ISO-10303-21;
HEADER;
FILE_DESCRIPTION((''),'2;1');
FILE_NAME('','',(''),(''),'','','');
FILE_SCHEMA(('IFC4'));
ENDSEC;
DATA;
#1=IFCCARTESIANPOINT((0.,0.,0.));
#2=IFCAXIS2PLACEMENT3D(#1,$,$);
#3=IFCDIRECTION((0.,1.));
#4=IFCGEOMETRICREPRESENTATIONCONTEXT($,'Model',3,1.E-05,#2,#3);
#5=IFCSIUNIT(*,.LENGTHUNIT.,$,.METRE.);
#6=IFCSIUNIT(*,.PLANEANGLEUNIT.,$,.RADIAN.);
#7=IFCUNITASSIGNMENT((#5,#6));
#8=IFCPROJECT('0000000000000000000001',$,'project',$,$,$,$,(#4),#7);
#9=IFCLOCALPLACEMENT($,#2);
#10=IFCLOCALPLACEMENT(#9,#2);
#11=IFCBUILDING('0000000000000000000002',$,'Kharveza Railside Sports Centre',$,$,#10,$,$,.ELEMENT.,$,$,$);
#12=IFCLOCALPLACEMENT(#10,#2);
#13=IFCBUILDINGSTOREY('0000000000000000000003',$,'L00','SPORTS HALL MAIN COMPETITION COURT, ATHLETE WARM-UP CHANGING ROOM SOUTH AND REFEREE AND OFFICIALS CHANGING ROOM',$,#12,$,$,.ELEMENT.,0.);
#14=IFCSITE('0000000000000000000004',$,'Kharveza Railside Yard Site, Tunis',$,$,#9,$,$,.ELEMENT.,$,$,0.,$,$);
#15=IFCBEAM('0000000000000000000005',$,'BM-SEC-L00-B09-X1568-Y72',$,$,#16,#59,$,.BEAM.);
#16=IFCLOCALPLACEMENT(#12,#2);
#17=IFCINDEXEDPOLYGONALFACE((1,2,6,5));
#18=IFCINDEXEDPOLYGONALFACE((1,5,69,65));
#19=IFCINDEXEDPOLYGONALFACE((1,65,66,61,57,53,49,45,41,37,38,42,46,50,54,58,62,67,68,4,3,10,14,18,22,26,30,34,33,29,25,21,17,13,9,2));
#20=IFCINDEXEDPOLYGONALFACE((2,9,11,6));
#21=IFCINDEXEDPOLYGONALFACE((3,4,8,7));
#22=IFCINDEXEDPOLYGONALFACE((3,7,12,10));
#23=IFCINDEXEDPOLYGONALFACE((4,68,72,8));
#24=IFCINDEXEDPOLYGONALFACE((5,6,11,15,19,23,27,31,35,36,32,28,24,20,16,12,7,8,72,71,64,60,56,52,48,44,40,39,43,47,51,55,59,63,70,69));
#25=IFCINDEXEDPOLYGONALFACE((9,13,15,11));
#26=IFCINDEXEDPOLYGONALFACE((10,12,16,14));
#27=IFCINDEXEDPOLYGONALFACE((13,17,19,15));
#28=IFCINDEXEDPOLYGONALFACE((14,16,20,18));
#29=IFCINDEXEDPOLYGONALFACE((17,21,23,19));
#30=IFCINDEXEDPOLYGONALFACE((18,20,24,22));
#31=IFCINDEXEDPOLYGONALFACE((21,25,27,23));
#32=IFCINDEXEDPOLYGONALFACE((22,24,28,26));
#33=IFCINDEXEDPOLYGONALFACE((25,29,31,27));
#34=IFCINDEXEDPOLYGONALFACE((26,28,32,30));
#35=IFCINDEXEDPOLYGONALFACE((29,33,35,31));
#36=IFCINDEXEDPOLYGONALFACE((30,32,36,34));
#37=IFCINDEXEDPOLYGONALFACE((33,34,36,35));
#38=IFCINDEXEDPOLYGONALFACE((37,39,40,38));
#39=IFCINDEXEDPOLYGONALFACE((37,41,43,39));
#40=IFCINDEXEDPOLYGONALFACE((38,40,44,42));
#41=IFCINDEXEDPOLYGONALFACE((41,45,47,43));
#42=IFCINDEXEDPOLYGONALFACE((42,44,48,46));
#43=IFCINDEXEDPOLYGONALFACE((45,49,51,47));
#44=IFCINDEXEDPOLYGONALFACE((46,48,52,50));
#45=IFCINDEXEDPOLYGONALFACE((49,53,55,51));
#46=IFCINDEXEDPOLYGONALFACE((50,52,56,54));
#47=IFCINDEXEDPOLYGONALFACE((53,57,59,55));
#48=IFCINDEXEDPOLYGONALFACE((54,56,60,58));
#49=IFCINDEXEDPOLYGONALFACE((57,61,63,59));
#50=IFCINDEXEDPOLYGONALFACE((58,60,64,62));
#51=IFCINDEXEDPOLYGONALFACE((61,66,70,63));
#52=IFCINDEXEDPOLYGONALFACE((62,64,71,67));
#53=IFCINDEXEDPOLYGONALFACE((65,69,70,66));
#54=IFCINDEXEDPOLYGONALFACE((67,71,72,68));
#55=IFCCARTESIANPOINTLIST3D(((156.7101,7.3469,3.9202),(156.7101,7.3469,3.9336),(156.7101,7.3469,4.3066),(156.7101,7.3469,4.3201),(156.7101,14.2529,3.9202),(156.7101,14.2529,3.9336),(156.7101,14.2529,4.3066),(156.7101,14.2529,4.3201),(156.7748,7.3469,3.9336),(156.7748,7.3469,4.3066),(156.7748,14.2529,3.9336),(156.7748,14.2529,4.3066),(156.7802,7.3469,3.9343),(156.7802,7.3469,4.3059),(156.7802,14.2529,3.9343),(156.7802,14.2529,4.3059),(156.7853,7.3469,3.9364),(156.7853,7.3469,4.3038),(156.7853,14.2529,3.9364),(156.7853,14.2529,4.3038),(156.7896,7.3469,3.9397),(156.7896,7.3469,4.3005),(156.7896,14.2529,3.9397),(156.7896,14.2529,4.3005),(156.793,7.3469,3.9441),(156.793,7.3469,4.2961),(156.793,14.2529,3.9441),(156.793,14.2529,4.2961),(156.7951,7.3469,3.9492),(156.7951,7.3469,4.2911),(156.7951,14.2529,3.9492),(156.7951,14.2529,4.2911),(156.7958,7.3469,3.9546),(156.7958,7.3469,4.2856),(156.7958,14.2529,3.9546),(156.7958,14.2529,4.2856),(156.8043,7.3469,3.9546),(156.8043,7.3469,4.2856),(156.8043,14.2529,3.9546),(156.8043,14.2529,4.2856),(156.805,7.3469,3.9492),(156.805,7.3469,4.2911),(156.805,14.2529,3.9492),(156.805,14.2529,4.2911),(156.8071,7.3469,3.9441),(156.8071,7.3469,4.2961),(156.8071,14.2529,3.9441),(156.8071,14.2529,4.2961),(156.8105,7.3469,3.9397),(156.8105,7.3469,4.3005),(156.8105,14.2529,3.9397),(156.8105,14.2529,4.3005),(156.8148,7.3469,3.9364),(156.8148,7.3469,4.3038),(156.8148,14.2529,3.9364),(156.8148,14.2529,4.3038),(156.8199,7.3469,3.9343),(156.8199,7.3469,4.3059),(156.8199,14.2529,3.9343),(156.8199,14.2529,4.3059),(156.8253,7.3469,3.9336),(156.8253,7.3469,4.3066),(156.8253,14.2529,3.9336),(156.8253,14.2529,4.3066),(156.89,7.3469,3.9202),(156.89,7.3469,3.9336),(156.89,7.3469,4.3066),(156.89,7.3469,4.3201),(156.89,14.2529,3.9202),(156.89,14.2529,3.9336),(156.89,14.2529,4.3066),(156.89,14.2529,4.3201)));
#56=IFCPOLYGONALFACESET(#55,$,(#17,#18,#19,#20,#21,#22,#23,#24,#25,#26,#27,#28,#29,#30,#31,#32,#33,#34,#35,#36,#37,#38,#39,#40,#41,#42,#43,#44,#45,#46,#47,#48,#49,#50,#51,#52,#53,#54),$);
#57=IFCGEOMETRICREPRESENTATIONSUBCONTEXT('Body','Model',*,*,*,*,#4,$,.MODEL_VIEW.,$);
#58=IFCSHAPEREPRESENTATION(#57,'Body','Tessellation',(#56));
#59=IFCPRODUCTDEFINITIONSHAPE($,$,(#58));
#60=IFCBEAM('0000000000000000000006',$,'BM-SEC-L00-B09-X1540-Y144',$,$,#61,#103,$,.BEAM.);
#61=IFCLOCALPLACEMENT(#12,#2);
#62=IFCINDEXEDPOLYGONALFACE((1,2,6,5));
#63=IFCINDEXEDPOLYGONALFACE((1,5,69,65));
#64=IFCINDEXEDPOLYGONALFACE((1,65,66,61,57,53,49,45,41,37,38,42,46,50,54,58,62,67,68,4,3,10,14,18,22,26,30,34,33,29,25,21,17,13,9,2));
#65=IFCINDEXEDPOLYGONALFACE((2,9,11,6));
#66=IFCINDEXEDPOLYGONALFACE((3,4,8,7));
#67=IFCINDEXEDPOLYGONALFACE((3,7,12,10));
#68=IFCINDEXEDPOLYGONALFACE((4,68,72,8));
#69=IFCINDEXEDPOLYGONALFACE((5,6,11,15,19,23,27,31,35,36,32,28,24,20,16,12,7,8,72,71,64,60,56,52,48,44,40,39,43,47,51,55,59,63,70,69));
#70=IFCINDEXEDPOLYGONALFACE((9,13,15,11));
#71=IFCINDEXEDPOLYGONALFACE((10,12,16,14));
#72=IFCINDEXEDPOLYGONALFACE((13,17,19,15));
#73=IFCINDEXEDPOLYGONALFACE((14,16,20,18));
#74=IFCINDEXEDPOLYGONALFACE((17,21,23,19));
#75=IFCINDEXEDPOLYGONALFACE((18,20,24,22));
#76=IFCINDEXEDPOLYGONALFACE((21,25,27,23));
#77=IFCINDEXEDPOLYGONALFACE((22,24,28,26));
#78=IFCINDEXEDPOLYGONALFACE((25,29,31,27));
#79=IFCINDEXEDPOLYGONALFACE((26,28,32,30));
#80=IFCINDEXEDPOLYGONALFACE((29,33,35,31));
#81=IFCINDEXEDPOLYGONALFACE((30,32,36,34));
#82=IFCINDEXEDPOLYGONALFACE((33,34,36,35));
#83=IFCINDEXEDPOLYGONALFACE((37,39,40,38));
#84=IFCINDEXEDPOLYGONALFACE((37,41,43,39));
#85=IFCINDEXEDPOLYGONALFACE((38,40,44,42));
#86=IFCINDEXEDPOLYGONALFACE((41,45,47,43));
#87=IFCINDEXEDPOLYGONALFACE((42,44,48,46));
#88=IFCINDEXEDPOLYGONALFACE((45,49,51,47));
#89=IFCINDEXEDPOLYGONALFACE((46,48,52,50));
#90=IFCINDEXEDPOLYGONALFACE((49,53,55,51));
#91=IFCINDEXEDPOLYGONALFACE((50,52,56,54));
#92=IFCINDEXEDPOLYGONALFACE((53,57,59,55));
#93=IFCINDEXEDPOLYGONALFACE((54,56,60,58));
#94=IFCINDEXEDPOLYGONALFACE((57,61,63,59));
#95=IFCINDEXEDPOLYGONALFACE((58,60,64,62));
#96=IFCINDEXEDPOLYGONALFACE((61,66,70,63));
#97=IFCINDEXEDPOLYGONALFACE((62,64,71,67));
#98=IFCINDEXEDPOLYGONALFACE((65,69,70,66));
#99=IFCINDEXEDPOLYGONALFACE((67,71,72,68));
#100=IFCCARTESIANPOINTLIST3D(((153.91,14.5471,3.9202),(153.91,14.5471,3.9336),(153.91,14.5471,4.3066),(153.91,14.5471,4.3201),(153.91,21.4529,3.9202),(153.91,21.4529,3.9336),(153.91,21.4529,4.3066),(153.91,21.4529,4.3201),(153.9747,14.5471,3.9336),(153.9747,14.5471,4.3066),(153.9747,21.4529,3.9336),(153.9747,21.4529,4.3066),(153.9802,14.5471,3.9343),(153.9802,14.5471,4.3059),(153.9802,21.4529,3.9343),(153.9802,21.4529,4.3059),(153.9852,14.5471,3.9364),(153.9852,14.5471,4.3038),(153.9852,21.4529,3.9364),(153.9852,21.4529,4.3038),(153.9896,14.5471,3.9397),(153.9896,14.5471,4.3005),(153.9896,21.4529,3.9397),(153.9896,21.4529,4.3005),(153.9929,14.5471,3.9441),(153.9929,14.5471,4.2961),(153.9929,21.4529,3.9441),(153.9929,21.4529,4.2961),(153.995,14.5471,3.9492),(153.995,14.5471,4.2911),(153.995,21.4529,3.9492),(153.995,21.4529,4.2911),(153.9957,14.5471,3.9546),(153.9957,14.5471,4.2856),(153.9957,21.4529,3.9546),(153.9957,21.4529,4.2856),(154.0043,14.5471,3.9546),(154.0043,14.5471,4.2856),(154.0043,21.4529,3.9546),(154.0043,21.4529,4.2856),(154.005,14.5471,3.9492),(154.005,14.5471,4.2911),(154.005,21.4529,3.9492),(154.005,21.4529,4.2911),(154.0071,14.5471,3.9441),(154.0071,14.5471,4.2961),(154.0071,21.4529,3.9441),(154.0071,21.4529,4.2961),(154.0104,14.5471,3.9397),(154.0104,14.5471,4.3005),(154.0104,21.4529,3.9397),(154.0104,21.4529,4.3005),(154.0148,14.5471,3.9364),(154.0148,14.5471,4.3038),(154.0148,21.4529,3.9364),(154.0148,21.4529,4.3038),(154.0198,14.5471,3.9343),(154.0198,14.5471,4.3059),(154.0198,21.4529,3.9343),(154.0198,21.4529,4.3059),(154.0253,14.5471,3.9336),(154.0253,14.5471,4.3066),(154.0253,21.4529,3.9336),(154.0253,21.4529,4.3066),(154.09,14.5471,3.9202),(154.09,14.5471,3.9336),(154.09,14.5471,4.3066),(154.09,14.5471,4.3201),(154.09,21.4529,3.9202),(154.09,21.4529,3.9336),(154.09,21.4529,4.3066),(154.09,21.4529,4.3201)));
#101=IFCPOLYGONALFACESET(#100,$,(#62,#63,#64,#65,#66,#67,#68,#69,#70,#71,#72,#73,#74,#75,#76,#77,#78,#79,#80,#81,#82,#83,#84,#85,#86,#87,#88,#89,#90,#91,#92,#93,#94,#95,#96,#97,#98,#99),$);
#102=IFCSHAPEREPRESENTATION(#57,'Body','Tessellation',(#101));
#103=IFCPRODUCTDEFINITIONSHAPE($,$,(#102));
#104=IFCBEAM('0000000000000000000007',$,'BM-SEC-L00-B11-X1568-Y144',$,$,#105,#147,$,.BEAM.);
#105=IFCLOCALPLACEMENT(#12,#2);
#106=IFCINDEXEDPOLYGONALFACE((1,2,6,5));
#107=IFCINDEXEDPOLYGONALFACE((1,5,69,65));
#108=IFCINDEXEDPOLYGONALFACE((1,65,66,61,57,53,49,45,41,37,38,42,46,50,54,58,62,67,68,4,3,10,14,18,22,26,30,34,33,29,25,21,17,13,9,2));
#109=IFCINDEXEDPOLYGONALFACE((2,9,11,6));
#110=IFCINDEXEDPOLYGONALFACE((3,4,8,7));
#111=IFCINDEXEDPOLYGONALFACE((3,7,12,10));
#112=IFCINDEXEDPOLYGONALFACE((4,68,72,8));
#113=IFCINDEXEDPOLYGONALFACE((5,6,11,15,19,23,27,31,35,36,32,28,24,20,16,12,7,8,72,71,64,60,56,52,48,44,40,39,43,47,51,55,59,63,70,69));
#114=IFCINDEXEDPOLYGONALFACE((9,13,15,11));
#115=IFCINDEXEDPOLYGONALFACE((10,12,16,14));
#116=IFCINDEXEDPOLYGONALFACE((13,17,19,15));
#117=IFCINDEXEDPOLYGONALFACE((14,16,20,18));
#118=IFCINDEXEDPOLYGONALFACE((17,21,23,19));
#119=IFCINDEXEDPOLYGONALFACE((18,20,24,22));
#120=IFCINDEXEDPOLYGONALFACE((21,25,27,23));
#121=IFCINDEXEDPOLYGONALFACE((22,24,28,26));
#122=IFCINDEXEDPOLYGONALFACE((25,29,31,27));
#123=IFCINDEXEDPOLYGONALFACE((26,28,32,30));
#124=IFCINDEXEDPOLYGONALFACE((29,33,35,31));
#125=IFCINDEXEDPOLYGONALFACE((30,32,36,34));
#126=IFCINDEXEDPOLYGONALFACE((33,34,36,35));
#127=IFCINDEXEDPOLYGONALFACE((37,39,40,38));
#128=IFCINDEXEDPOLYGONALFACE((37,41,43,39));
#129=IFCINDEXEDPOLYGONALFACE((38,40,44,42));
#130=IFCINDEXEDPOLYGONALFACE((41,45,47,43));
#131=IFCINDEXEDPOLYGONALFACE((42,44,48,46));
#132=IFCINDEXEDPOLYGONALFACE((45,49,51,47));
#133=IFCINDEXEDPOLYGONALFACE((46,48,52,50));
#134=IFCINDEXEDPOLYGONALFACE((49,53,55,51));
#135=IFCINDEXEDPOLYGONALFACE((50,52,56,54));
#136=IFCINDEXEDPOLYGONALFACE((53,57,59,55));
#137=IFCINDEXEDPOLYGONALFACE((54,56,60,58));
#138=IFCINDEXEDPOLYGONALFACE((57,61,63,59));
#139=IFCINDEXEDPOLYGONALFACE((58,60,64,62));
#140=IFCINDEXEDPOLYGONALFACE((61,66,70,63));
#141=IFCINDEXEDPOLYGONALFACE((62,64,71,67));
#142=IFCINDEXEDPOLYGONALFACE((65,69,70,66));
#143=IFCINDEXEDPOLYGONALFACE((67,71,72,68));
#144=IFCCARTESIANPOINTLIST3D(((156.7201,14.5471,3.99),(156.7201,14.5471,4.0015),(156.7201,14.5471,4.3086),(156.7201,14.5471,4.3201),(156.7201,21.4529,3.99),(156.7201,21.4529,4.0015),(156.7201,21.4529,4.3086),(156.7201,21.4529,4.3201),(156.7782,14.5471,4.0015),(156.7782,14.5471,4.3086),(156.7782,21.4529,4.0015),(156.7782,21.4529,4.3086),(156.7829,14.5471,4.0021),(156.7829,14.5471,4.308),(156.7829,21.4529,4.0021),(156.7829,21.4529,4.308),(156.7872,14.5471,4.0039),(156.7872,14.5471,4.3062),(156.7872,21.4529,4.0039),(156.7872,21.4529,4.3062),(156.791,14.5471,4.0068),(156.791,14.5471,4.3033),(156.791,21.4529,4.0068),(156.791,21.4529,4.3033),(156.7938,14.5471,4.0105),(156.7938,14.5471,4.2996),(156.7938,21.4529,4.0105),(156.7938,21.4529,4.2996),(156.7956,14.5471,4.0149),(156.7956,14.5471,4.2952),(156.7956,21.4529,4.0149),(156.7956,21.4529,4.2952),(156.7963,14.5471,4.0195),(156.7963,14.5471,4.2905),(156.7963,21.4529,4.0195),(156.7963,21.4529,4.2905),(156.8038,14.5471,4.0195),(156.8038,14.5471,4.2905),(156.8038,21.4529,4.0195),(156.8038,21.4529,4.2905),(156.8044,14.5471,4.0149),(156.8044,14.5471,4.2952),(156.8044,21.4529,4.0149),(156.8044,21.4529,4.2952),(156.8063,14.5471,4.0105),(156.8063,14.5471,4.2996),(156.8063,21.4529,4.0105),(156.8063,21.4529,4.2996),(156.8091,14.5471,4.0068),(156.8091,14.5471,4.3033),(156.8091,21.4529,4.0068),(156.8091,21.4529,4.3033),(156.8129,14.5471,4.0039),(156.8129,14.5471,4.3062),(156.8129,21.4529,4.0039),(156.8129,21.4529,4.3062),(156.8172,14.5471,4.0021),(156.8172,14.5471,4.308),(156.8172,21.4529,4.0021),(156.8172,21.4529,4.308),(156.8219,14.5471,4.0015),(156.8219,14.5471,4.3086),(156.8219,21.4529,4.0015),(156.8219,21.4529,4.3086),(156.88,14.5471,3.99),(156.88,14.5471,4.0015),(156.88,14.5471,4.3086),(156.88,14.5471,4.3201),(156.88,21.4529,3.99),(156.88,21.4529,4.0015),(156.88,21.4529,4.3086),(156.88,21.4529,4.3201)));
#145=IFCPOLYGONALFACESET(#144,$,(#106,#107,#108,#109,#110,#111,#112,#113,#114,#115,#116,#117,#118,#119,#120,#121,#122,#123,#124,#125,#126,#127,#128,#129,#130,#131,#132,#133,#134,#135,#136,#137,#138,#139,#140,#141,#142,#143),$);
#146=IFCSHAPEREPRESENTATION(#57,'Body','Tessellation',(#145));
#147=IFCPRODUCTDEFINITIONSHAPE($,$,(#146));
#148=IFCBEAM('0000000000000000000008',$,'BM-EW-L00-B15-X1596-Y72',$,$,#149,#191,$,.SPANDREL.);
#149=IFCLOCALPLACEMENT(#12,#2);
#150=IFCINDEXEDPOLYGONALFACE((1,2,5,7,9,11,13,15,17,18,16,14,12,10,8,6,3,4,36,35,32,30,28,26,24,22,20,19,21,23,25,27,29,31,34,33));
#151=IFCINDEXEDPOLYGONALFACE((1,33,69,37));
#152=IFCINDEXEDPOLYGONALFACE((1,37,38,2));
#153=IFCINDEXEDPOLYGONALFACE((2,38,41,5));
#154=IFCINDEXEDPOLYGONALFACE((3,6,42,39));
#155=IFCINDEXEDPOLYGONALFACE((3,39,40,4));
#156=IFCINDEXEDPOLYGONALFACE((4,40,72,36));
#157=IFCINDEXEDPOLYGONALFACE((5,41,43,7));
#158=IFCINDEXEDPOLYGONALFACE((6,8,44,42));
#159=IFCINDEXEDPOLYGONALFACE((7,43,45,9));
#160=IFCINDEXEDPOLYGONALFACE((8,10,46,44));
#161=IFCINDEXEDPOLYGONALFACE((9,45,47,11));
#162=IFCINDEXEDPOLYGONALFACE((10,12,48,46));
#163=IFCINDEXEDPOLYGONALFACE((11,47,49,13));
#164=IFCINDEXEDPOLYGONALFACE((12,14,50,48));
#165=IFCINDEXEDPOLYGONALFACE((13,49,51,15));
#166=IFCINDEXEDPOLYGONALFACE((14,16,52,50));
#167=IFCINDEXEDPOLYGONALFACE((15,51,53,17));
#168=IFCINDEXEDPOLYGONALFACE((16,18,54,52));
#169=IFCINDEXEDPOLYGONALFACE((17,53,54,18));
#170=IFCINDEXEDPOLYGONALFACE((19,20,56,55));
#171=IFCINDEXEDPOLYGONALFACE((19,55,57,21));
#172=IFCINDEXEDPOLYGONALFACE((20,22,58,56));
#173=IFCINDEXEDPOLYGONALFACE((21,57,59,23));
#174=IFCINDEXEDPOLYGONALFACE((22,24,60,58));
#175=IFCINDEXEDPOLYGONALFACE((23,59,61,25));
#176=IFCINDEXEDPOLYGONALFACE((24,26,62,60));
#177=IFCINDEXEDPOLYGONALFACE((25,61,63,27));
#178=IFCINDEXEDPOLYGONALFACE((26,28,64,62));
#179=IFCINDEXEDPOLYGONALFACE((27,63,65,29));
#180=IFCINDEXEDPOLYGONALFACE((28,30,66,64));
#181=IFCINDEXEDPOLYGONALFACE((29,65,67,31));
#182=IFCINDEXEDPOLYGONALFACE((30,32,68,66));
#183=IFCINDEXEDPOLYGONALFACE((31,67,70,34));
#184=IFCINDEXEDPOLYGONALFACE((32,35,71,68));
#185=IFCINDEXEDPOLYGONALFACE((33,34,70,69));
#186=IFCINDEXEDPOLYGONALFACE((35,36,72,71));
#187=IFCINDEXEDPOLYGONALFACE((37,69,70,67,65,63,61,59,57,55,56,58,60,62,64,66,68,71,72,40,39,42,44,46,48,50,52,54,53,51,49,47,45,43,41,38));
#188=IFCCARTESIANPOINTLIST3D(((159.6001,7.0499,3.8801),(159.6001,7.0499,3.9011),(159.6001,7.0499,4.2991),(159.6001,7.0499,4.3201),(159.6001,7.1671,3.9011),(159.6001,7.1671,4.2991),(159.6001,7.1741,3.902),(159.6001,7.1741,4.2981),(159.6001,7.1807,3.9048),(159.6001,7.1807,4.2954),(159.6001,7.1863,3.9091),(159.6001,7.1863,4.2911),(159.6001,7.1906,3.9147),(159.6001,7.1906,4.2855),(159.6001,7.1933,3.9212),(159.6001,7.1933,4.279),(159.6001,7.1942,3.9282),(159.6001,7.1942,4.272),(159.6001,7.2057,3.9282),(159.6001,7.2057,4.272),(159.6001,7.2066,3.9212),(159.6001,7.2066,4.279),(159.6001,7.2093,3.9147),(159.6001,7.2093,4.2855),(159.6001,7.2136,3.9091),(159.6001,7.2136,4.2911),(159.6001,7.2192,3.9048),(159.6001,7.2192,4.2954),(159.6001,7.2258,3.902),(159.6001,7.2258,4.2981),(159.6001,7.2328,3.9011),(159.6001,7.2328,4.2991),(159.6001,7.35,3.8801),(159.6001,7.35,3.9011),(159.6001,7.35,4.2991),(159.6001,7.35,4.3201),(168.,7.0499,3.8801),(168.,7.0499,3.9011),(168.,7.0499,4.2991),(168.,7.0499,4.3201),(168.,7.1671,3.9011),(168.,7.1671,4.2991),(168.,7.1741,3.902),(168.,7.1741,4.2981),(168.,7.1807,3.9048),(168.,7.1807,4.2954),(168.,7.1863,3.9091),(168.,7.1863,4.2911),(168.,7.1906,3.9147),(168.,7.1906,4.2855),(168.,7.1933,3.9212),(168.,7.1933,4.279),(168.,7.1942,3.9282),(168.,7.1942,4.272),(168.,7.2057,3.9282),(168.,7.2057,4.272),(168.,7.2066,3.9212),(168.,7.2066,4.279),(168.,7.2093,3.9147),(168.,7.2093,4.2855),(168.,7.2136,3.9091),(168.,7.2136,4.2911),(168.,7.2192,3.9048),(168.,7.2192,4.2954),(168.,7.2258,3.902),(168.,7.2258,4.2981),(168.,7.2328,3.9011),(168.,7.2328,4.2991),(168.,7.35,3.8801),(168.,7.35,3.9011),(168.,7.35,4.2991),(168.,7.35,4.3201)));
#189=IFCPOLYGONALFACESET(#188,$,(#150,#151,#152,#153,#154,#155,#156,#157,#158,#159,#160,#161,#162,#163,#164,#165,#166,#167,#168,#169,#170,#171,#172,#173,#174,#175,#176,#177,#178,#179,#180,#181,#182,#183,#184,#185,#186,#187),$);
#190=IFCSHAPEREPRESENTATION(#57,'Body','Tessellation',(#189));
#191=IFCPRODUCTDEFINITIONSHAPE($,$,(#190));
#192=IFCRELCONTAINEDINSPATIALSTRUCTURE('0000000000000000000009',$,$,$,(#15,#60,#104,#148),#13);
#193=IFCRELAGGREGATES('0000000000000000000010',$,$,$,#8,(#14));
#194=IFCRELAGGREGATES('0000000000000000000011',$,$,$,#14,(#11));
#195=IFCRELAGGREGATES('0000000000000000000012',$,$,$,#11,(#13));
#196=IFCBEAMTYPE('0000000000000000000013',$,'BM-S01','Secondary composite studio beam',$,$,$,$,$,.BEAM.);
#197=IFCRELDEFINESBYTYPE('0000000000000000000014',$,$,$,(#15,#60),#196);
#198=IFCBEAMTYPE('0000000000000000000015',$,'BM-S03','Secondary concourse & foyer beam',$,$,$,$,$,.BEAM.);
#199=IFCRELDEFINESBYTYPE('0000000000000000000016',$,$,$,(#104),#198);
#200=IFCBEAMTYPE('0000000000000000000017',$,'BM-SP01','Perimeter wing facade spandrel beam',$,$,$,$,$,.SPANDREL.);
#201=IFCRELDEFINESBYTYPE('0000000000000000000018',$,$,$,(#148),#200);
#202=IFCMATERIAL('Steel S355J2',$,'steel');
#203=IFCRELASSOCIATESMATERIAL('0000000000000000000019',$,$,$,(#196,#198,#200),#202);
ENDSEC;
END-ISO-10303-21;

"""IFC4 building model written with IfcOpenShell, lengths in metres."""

from ifc_helpers import new_model, si_unit, direction, frame, origin, origin_2d, place, context, subcontext, project, spatial, i_section, extrude, material, material_profile, profile_set, type_object, element, save


model = new_model("IFC4")

# Units and contexts
model_context = context("Model", 3, precision=1e-05, world=origin(), true_north=direction((0.0, 1.0)))
body_context = subcontext(model_context, "Body", "Model", "MODEL_VIEW")
ifc_project = project(units=[si_unit("LENGTHUNIT", "METRE"), si_unit("PLANEANGLEUNIT", "RADIAN")], contexts=[model_context])

# Site, building, storey
site_placement = place(None, origin())
site = spatial("IfcSite", under=ifc_project, at=site_placement, Name="Kharveza Railside Yard Site, Tunis", CompositionType="ELEMENT", RefElevation=0.0)
building_placement = place(site_placement, origin())
building = spatial("IfcBuilding", under=site, at=building_placement, Name="Kharveza Railside Sports Centre", CompositionType="ELEMENT")
storey_placement = place(building_placement, origin())
storey = spatial("IfcBuildingStorey", under=building, at=storey_placement, Name="L00", Description="SPORTS HALL MAIN COMPETITION COURT, ATHLETE WARM-UP CHANGING ROOM SOUTH AND REFEREE AND OFFICIALS CHANGING ROOM", CompositionType="ELEMENT", Elevation=0.0)

# Shared definitions
ifc_material_1 = material(Name="Steel S355J2", Category="steel")

# Beams
ifc_material_profile_1 = material_profile(ifc_material_1, i_section(OverallWidth=0.1799, OverallDepth=0.3999, WebThickness=0.0085, FlangeThickness=0.0134, FilletRadius=0.021, at=origin_2d()), Name="IPE 400")
ifc_profile_set_1 = profile_set([ifc_material_profile_1], Name="Steel S355J2")
beam_type_1 = type_object("IfcBeamType", Name="BM-S01", Description="Secondary composite studio beam", PredefinedType="BEAM", material=ifc_profile_set_1)
beam_1_placement = place(storey_placement, frame((156.8, 7.3469, 4.1201), z_axis=(0.0, 1.0, 0.0), x_axis=(-1.0, 0.0, 0.0)))
element("IfcBeam", 1, at=beam_1_placement, inside=storey, type_object=beam_type_1, Name="BM-SEC-L00-B09-X1568-Y72", PredefinedType="BEAM", context=body_context, shape_type="SweptSolid", body=[
    extrude(i_section(OverallWidth=0.1799, OverallDepth=0.3999, WebThickness=0.0085, FlangeThickness=0.0134, FilletRadius=0.021, at=origin_2d()), origin(), (0.0, 0.0, 1.0), 6.906),
])
beam_2_placement = place(storey_placement, frame((154.0, 14.5471, 4.1201), z_axis=(0.0, 1.0, 0.0), x_axis=(-1.0, 0.0, 0.0)))
element("IfcBeam", 2, at=beam_2_placement, inside=storey, type_object=beam_type_1, Name="BM-SEC-L00-B09-X1540-Y144", PredefinedType="BEAM", context=body_context, shape_type="SweptSolid", body=[
    extrude(i_section(OverallWidth=0.1799, OverallDepth=0.3999, WebThickness=0.0085, FlangeThickness=0.0134, FilletRadius=0.021, at=origin_2d()), origin(), (0.0, 0.0, 1.0), 6.9058),
])
ifc_material_profile_2 = material_profile(ifc_material_1, i_section(OverallWidth=0.1599, OverallDepth=0.3301, WebThickness=0.0076, FlangeThickness=0.0115, FilletRadius=0.0181, at=origin_2d()), Name="IPE 330")
ifc_profile_set_2 = profile_set([ifc_material_profile_2], Name="Steel S355J2")
beam_type_2 = type_object("IfcBeamType", Name="BM-S03", Description="Secondary concourse & foyer beam", PredefinedType="BEAM", material=ifc_profile_set_2)
beam_3_placement = place(storey_placement, frame((156.8, 14.5471, 4.155), z_axis=(0.0, 1.0, 0.0), x_axis=(-1.0, 0.0, 0.0)))
element("IfcBeam", 3, at=beam_3_placement, inside=storey, type_object=beam_type_2, Name="BM-SEC-L00-B11-X1568-Y144", PredefinedType="BEAM", context=body_context, shape_type="SweptSolid", body=[
    extrude(i_section(OverallWidth=0.1599, OverallDepth=0.3301, WebThickness=0.0076, FlangeThickness=0.0115, FilletRadius=0.0181, at=origin_2d()), origin(), (0.0, 0.0, 1.0), 6.9058),
])
ifc_material_profile_3 = material_profile(ifc_material_1, i_section(OverallWidth=0.3, OverallDepth=0.4399, WebThickness=0.0115, FlangeThickness=0.021, FilletRadius=0.0271, at=origin_2d()), Name="HEA 450")
ifc_profile_set_3 = profile_set([ifc_material_profile_3], Name="Steel S355J2")
beam_type_3 = type_object("IfcBeamType", Name="BM-SP01", Description="Perimeter wing facade spandrel beam", PredefinedType="SPANDREL", material=ifc_profile_set_3)
beam_4_placement = place(storey_placement, frame((159.6001, 7.2, 4.1001), z_axis=(1.0, 0.0, 0.0), x_axis=(0.0, 1.0, 0.0)))
element("IfcBeam", 4, at=beam_4_placement, inside=storey, type_object=beam_type_3, Name="BM-EW-L00-B15-X1596-Y72", PredefinedType="SPANDREL", context=body_context, shape_type="SweptSolid", body=[
    extrude(i_section(OverallWidth=0.3, OverallDepth=0.4399, WebThickness=0.0115, FlangeThickness=0.021, FilletRadius=0.0271, at=origin_2d()), origin(), (0.0, 0.0, 1.0), 8.3999),
])

save(model, "model.ifc")
